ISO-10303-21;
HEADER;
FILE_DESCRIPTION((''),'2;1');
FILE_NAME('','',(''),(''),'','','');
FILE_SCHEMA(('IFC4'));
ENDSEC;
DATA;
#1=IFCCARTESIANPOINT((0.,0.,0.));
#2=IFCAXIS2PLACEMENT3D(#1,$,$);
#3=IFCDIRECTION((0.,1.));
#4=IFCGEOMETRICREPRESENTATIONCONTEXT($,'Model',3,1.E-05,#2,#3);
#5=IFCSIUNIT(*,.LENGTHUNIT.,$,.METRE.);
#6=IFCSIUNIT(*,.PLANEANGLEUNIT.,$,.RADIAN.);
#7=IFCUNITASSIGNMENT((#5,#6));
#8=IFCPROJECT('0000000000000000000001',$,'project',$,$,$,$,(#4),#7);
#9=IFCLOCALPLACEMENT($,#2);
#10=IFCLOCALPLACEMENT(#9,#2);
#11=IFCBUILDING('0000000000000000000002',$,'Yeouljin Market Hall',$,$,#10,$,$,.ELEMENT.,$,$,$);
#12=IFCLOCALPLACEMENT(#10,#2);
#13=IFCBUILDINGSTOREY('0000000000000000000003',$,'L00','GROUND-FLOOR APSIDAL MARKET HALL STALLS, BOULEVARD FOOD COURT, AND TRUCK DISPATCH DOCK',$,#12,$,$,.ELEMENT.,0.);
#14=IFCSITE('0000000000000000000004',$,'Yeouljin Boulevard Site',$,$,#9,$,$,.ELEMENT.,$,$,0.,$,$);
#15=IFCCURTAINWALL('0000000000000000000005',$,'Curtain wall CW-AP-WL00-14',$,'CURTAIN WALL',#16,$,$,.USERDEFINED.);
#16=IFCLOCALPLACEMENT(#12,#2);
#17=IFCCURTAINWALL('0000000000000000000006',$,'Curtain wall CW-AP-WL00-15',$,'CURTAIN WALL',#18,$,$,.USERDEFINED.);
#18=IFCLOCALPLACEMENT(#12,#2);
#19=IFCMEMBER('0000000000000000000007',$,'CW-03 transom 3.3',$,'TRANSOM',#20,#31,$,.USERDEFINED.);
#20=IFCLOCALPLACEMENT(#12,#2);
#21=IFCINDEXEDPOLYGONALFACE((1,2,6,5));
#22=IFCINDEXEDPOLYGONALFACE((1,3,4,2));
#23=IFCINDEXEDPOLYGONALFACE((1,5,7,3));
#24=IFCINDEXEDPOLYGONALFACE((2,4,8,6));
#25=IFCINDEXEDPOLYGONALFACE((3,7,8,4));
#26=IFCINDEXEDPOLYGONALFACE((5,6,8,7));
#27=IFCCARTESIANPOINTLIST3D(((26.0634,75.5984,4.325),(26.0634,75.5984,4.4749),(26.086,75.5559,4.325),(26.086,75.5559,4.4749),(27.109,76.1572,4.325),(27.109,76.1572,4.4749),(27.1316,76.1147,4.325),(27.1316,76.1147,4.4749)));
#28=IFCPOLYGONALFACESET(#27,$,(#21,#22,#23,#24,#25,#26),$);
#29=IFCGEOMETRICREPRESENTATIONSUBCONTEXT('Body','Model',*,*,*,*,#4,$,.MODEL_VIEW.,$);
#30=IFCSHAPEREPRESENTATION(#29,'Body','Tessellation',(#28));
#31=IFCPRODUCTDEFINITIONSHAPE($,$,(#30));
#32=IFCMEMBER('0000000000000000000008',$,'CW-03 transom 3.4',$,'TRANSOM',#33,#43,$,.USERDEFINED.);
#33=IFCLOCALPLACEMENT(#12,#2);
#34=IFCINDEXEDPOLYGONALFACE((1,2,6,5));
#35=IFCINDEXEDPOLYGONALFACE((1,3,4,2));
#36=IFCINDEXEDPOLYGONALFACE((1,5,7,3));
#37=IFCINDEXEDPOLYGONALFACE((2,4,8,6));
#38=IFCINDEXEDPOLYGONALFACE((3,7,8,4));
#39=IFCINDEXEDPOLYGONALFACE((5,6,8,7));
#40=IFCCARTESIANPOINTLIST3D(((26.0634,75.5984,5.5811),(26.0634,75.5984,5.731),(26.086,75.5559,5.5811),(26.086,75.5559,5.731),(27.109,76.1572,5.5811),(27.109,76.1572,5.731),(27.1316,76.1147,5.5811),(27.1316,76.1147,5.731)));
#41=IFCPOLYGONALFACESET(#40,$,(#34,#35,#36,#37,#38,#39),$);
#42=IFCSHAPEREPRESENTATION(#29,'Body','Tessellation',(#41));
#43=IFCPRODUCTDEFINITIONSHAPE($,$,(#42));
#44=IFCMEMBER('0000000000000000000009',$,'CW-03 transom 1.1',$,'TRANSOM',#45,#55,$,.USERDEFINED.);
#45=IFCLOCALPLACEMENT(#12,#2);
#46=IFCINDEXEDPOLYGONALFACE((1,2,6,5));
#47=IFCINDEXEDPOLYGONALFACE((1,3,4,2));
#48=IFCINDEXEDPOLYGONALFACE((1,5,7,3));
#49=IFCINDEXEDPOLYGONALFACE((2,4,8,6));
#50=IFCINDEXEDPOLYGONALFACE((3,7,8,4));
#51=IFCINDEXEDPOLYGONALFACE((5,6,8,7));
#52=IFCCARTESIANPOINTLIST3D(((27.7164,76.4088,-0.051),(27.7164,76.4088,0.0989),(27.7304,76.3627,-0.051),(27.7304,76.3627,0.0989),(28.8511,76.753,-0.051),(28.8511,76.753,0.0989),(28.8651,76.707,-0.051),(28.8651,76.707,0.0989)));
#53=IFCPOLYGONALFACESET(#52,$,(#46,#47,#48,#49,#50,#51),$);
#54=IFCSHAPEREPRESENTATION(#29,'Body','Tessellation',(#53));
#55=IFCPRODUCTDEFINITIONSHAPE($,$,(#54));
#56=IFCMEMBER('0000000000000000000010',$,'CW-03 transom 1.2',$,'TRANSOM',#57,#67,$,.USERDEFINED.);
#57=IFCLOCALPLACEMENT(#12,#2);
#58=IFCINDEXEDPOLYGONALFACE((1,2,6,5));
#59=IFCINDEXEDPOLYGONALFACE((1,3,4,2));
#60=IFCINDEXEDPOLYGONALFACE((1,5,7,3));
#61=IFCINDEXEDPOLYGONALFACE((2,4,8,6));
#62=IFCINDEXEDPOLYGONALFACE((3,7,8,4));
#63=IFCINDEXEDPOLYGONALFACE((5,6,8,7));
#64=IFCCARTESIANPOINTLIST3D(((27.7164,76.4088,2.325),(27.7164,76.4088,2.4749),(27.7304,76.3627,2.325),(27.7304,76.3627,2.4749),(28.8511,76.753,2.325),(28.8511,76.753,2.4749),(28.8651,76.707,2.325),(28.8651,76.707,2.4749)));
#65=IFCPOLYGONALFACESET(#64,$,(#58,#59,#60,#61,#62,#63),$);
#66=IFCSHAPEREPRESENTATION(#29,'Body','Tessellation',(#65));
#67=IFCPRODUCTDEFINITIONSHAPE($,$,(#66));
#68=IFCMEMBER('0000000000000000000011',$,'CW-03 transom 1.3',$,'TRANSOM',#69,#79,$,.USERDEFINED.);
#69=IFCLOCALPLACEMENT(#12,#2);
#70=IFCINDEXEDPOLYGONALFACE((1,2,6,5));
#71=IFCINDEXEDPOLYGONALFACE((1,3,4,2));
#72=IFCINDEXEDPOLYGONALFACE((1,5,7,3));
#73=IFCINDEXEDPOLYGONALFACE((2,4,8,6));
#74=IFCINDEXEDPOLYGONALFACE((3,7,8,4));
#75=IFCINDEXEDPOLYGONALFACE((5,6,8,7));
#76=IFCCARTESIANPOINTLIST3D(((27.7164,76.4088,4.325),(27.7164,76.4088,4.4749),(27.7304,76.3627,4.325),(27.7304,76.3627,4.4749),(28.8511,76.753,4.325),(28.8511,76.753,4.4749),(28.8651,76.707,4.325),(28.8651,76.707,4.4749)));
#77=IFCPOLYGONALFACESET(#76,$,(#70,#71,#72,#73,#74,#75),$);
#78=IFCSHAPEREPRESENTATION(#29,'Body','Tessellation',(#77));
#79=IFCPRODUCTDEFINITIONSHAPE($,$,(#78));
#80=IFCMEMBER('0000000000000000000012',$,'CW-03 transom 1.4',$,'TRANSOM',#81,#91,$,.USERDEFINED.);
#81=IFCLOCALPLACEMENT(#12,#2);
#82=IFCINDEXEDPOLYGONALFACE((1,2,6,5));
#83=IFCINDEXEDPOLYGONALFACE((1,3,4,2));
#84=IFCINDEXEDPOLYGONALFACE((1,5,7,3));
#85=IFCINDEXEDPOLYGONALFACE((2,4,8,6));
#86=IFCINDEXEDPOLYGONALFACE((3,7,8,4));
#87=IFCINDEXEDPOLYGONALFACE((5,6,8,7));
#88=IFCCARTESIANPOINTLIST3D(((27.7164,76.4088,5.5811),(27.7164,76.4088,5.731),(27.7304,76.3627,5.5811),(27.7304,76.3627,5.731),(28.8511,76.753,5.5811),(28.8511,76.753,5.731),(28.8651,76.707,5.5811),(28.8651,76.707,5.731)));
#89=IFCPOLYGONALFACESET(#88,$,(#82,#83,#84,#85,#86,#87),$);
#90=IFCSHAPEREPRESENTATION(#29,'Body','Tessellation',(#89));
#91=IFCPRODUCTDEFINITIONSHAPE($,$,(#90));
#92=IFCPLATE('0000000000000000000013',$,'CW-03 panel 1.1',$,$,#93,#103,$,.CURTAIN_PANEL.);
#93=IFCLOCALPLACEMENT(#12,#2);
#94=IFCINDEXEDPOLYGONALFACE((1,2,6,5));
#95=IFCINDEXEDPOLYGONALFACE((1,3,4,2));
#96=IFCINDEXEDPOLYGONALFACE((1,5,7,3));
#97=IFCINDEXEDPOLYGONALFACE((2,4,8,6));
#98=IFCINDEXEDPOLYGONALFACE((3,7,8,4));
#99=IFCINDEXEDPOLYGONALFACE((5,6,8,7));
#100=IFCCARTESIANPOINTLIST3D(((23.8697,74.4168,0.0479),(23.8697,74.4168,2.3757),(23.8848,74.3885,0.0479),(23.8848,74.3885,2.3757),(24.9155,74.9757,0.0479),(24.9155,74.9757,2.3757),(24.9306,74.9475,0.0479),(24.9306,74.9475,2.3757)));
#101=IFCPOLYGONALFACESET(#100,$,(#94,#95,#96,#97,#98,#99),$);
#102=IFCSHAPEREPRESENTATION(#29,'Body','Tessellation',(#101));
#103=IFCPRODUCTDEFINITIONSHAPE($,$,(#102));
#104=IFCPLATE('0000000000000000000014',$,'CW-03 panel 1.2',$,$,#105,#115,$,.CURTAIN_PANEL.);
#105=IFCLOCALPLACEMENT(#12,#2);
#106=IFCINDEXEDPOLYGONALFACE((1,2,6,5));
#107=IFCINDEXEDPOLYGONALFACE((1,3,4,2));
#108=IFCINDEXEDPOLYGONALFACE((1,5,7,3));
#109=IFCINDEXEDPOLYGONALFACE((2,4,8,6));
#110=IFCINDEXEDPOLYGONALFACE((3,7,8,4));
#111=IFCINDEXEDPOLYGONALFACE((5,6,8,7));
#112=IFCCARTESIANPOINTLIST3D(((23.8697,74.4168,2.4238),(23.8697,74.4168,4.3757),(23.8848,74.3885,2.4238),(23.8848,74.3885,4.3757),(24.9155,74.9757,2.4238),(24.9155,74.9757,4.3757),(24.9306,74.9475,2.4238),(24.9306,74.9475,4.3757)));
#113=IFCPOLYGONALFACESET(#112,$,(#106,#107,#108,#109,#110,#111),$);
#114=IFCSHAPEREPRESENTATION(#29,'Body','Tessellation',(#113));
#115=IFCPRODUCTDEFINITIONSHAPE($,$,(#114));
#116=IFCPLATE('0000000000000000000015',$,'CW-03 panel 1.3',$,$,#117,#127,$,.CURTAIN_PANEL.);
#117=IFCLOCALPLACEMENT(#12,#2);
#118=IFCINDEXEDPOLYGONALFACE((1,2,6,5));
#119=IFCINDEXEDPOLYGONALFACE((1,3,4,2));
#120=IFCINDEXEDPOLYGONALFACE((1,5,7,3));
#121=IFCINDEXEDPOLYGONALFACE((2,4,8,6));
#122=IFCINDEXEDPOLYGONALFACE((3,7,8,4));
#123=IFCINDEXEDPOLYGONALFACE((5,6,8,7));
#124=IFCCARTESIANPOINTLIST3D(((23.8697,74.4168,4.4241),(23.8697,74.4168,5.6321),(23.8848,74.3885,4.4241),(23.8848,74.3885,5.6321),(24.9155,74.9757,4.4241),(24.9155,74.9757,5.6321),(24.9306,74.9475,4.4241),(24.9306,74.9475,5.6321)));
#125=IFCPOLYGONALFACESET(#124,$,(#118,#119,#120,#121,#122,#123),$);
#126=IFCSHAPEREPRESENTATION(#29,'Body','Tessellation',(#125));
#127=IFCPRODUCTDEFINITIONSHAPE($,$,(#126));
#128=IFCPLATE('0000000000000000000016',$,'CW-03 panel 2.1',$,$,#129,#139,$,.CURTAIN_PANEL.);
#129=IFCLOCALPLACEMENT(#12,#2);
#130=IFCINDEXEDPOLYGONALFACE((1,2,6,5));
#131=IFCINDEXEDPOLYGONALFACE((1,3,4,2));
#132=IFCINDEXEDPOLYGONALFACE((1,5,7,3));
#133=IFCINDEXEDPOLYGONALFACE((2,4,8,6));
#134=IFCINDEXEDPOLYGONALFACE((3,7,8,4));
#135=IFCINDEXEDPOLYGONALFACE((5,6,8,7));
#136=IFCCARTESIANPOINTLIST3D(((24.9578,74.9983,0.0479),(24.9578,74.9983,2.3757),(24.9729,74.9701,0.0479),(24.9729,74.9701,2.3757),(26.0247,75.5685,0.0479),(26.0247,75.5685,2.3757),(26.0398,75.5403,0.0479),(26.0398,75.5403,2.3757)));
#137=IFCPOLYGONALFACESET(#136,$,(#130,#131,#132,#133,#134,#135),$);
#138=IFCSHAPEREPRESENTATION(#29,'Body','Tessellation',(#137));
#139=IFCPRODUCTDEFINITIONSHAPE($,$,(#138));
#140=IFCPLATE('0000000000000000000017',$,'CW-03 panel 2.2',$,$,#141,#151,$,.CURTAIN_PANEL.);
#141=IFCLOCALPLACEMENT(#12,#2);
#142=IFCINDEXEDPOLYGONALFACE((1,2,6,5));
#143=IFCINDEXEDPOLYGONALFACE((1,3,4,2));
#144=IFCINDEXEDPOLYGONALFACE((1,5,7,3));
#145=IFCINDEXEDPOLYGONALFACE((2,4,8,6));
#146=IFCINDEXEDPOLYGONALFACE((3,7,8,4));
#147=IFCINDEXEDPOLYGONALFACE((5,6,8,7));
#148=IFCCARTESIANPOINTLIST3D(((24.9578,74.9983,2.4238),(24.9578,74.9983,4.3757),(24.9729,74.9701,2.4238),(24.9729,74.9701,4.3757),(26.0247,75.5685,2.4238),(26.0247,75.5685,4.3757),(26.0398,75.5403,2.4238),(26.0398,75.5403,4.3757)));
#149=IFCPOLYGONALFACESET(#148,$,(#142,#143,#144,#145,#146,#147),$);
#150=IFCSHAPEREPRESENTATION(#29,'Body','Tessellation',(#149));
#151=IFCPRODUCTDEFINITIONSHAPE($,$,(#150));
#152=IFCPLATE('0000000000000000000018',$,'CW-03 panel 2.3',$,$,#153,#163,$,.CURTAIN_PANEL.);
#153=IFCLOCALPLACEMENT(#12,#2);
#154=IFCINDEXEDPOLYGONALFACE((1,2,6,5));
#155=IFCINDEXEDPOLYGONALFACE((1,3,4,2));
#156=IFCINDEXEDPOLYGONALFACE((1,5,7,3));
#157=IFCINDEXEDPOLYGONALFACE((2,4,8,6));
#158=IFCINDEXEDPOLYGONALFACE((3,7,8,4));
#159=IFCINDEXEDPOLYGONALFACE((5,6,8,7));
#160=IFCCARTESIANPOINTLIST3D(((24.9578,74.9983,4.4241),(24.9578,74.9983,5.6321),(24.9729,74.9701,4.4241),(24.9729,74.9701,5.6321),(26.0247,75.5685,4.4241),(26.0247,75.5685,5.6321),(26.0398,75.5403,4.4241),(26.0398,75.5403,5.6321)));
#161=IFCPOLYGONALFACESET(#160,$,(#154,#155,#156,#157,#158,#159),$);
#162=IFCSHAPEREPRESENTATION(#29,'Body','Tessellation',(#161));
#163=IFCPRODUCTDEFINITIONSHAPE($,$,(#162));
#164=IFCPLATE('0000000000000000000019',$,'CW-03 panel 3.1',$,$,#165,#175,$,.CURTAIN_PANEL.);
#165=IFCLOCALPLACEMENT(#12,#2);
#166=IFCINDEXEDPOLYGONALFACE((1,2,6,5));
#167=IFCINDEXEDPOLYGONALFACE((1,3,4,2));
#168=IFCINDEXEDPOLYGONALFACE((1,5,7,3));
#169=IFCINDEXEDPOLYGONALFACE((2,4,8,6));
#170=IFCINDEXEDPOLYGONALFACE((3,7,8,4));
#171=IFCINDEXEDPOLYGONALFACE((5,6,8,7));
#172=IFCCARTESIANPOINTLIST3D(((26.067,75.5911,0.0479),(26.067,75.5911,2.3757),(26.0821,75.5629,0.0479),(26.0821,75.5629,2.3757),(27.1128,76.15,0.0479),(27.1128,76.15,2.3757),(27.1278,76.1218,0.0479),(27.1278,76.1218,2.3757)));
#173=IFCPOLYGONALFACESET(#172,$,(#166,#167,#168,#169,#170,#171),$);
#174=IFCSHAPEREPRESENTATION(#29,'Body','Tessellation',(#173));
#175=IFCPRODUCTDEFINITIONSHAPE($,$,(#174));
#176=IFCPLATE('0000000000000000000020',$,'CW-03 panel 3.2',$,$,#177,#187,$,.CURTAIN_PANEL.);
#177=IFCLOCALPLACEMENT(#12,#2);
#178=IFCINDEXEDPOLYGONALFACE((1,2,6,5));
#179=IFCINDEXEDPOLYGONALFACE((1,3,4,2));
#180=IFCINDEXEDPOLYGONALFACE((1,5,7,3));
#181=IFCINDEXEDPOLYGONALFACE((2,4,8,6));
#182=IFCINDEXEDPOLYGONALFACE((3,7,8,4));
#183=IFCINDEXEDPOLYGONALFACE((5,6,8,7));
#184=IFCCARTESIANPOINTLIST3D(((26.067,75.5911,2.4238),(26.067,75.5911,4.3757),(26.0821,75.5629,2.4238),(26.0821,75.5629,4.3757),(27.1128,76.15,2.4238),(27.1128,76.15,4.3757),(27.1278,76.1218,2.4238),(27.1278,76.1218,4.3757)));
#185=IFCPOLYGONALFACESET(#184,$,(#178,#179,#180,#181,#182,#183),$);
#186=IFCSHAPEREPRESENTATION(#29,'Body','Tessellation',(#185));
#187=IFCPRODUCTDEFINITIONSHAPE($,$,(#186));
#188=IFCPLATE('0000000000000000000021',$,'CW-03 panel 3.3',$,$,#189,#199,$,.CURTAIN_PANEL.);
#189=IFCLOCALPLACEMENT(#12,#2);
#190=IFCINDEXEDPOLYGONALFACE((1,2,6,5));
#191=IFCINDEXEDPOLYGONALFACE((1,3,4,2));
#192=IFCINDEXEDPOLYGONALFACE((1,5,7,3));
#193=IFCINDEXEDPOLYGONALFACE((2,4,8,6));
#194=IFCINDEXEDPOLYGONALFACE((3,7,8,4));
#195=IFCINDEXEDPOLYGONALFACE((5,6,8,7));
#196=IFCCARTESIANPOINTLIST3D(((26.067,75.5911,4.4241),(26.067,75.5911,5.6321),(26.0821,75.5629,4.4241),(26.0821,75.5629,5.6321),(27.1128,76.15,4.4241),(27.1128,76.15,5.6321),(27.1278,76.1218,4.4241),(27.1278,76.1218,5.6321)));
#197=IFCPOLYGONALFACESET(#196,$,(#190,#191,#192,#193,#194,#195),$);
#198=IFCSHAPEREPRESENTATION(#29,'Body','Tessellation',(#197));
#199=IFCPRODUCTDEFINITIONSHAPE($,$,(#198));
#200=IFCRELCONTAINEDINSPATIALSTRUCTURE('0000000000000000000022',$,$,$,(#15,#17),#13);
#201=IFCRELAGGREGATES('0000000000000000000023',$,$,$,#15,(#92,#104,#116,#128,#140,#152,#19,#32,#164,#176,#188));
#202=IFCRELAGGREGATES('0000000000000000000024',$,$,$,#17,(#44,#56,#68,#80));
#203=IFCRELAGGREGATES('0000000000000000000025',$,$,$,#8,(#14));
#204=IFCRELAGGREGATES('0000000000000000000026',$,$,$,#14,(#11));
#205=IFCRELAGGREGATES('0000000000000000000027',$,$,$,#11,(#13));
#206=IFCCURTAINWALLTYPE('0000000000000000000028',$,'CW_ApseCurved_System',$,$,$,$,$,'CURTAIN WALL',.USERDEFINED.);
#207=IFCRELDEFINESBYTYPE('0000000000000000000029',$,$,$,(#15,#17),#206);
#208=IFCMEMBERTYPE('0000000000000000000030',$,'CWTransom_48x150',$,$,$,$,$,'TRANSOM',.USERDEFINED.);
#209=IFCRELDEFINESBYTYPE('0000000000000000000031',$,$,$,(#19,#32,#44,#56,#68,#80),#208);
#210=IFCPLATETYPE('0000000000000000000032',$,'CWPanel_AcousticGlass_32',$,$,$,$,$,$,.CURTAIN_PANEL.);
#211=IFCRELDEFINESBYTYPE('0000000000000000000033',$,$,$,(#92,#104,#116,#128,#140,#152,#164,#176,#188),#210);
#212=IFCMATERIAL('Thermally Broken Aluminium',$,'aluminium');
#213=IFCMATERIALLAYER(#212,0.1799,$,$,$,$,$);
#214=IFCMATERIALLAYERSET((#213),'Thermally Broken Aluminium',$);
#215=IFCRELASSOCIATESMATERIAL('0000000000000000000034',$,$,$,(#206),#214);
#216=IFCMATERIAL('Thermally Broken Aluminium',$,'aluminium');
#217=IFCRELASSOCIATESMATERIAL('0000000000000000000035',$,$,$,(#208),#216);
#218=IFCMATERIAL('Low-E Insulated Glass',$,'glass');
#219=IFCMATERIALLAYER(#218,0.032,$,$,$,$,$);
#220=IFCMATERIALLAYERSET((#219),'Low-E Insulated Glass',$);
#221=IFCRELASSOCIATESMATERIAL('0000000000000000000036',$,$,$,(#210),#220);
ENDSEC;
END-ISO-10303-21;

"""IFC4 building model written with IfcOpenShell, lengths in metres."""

from ifc_helpers import new_model, si_unit, direction, frame, origin, origin_2d, place, context, subcontext, project, spatial, rectangle, extrude, material, layer, layer_set, material_profile, profile_set, type_object, element, aggregate, save


model = new_model("IFC4")

# Units and contexts
model_context = context("Model", 3, precision=1e-05, world=origin(), true_north=direction((0.0, 1.0)))
body_context = subcontext(model_context, "Body", "Model", "MODEL_VIEW")
ifc_project = project(units=[si_unit("LENGTHUNIT", "METRE"), si_unit("PLANEANGLEUNIT", "RADIAN")], contexts=[model_context])

# Site, building, storey
site_placement = place(None, origin())
site = spatial("IfcSite", under=ifc_project, at=site_placement, Name="Yeouljin Boulevard Site", CompositionType="ELEMENT", RefElevation=0.0)
building_placement = place(site_placement, origin())
building = spatial("IfcBuilding", under=site, at=building_placement, Name="Yeouljin Market Hall", CompositionType="ELEMENT")
storey_placement = place(building_placement, origin())
storey = spatial("IfcBuildingStorey", under=building, at=storey_placement, Name="L00", Description="GROUND-FLOOR APSIDAL MARKET HALL STALLS, BOULEVARD FOOD COURT, AND TRUCK DISPATCH DOCK", CompositionType="ELEMENT", Elevation=0.0)

# Curtain wall
ifc_material_1 = material(Name="Thermally Broken Aluminium", Category="aluminium")
ifc_layer_1 = layer(ifc_material_1, 0.1799)
ifc_layer_set_1 = layer_set([ifc_layer_1], Name="Thermally Broken Aluminium")
curtain_wall_type = type_object("IfcCurtainWallType", Name="CW_ApseCurved_System", ElementType="CURTAIN WALL", PredefinedType="USERDEFINED", material=ifc_layer_set_1)
curtain_wall_1_placement = place(storey_placement, origin())
curtain_wall_1 = element("IfcCurtainWall", 1, at=curtain_wall_1_placement, inside=storey, type_object=curtain_wall_type, Name="Curtain wall CW-AP-WL00-14", ObjectType="CURTAIN WALL", PredefinedType="USERDEFINED")

# Curtain wall
curtain_wall_2_placement = place(storey_placement, origin())
curtain_wall_2 = element("IfcCurtainWall", 2, at=curtain_wall_2_placement, inside=storey, type_object=curtain_wall_type, Name="Curtain wall CW-AP-WL00-15", ObjectType="CURTAIN WALL", PredefinedType="USERDEFINED")

# Members
ifc_material_2 = material(Name="Thermally Broken Aluminium", Category="aluminium")
ifc_material_profile_1 = material_profile(ifc_material_2, rectangle(XDim=0.0481, YDim=0.1499, at=origin_2d()), Name="CW-TRAN-48x150")
ifc_profile_set_1 = profile_set([ifc_material_profile_1], Name="Thermally Broken Aluminium")
member_type_1 = type_object("IfcMemberType", Name="CWTransom_48x150", ElementType="TRANSOM", PredefinedType="USERDEFINED", material=ifc_profile_set_1)
member_1_placement = place(storey_placement, frame((26.0747, 75.5771, 4.3999), z_axis=(0.881948, 0.471347, 0.0), x_axis=(-0.471347, 0.881948, 0.0)))
member_1 = element("IfcMember", 3, at=member_1_placement, type_object=member_type_1, Name="CW-03 transom 3.3", ObjectType="TRANSOM", PredefinedType="USERDEFINED", context=body_context, shape_type="SweptSolid", body=[
    extrude(rectangle(XDim=0.0481, YDim=0.1499, at=origin_2d()), origin(), (0.0, 0.0, 1.0), 1.1855),
])
member_2_placement = place(storey_placement, frame((26.0747, 75.5771, 5.656), z_axis=(0.881948, 0.471347, 0.0), x_axis=(-0.471347, 0.881948, 0.0)))
member_2 = element("IfcMember", 4, at=member_2_placement, type_object=member_type_1, Name="CW-03 transom 3.4", ObjectType="TRANSOM", PredefinedType="USERDEFINED", context=body_context, shape_type="SweptSolid", body=[
    extrude(rectangle(XDim=0.0481, YDim=0.1499, at=origin_2d()), origin(), (0.0, 0.0, 1.0), 1.1855),
])
member_3_placement = place(storey_placement, frame((27.7234, 76.3857, 0.0239), z_axis=(0.956938, 0.290293, 0.0), x_axis=(-0.290293, 0.956938, 0.0)))
member_3 = element("IfcMember", 5, at=member_3_placement, type_object=member_type_1, Name="CW-03 transom 1.1", ObjectType="TRANSOM", PredefinedType="USERDEFINED", context=body_context, shape_type="SweptSolid", body=[
    extrude(rectangle(XDim=0.0481, YDim=0.1499, at=origin_2d()), origin(), (0.0, 0.0, 1.0), 1.1858),
])
member_4_placement = place(storey_placement, frame((27.7234, 76.3857, 2.3999), z_axis=(0.956938, 0.290293, 0.0), x_axis=(-0.290293, 0.956938, 0.0)))
member_4 = element("IfcMember", 6, at=member_4_placement, type_object=member_type_1, Name="CW-03 transom 1.2", ObjectType="TRANSOM", PredefinedType="USERDEFINED", context=body_context, shape_type="SweptSolid", body=[
    extrude(rectangle(XDim=0.0481, YDim=0.1499, at=origin_2d()), origin(), (0.0, 0.0, 1.0), 1.1858),
])
member_5_placement = place(storey_placement, frame((27.7234, 76.3857, 4.3999), z_axis=(0.956938, 0.290293, 0.0), x_axis=(-0.290293, 0.956938, 0.0)))
member_5 = element("IfcMember", 7, at=member_5_placement, type_object=member_type_1, Name="CW-03 transom 1.3", ObjectType="TRANSOM", PredefinedType="USERDEFINED", context=body_context, shape_type="SweptSolid", body=[
    extrude(rectangle(XDim=0.0481, YDim=0.1499, at=origin_2d()), origin(), (0.0, 0.0, 1.0), 1.1858),
])
member_6_placement = place(storey_placement, frame((27.7234, 76.3857, 5.656), z_axis=(0.956938, 0.290293, 0.0), x_axis=(-0.290293, 0.956938, 0.0)))
member_6 = element("IfcMember", 8, at=member_6_placement, type_object=member_type_1, Name="CW-03 transom 1.4", ObjectType="TRANSOM", PredefinedType="USERDEFINED", context=body_context, shape_type="SweptSolid", body=[
    extrude(rectangle(XDim=0.0481, YDim=0.1499, at=origin_2d()), origin(), (0.0, 0.0, 1.0), 1.1858),
])

# Plates
ifc_material_3 = material(Name="Low-E Insulated Glass", Category="glass")
ifc_layer_2 = layer(ifc_material_3, 0.032)
ifc_layer_set_2 = layer_set([ifc_layer_2], Name="Low-E Insulated Glass")
plate_type = type_object("IfcPlateType", Name="CWPanel_AcousticGlass_32", PredefinedType="CURTAIN_PANEL", material=ifc_layer_set_2)
plate_1_placement = place(storey_placement, frame((24.4001, 74.6821, 0.0479), z_axis=(0.0, 0.0, 1.0), x_axis=(0.881931, 0.471378, 0.0)))
plate_1 = element("IfcPlate", 9, at=plate_1_placement, type_object=plate_type, Name="CW-03 panel 1.1", PredefinedType="CURTAIN_PANEL", context=body_context, shape_type="SweptSolid", body=[
    extrude(rectangle(XDim=1.1858, YDim=0.032, at=origin_2d()), origin(), (0.0, 0.0, 1.0), 2.3279),
])
plate_2_placement = place(storey_placement, frame((24.4001, 74.6821, 2.4238), z_axis=(0.0, 0.0, 1.0), x_axis=(0.881931, 0.471378, 0.0)))
plate_2 = element("IfcPlate", 10, at=plate_2_placement, type_object=plate_type, Name="CW-03 panel 1.2", PredefinedType="CURTAIN_PANEL", context=body_context, shape_type="SweptSolid", body=[
    extrude(rectangle(XDim=1.1858, YDim=0.032, at=origin_2d()), origin(), (0.0, 0.0, 1.0), 1.9519),
])
plate_3_placement = place(storey_placement, frame((24.4001, 74.6821, 4.4241), z_axis=(0.0, 0.0, 1.0), x_axis=(0.881931, 0.471378, 0.0)))
plate_3 = element("IfcPlate", 11, at=plate_3_placement, type_object=plate_type, Name="CW-03 panel 1.3", PredefinedType="CURTAIN_PANEL", context=body_context, shape_type="SweptSolid", body=[
    extrude(rectangle(XDim=1.1858, YDim=0.032, at=origin_2d()), origin(), (0.0, 0.0, 1.0), 1.208),
])
plate_4_placement = place(storey_placement, frame((25.4988, 75.2693, 0.0479), z_axis=(0.0, 0.0, 1.0), x_axis=(0.881931, 0.471378, 0.0)))
plate_4 = element("IfcPlate", 12, at=plate_4_placement, type_object=plate_type, Name="CW-03 panel 2.1", PredefinedType="CURTAIN_PANEL", context=body_context, shape_type="SweptSolid", body=[
    extrude(rectangle(XDim=1.2097, YDim=0.032, at=origin_2d()), origin(), (0.0, 0.0, 1.0), 2.3279),
])
plate_5_placement = place(storey_placement, frame((25.4988, 75.2693, 2.4238), z_axis=(0.0, 0.0, 1.0), x_axis=(0.881931, 0.471378, 0.0)))
plate_5 = element("IfcPlate", 13, at=plate_5_placement, type_object=plate_type, Name="CW-03 panel 2.2", PredefinedType="CURTAIN_PANEL", context=body_context, shape_type="SweptSolid", body=[
    extrude(rectangle(XDim=1.2097, YDim=0.032, at=origin_2d()), origin(), (0.0, 0.0, 1.0), 1.9519),
])
plate_6_placement = place(storey_placement, frame((25.4988, 75.2693, 4.4241), z_axis=(0.0, 0.0, 1.0), x_axis=(0.881931, 0.471378, 0.0)))
plate_6 = element("IfcPlate", 14, at=plate_6_placement, type_object=plate_type, Name="CW-03 panel 2.3", PredefinedType="CURTAIN_PANEL", context=body_context, shape_type="SweptSolid", body=[
    extrude(rectangle(XDim=1.2097, YDim=0.032, at=origin_2d()), origin(), (0.0, 0.0, 1.0), 1.208),
])
plate_7_placement = place(storey_placement, frame((26.5974, 75.8564, 0.0479), z_axis=(0.0, 0.0, 1.0), x_axis=(0.881931, 0.471378, 0.0)))
plate_7 = element("IfcPlate", 15, at=plate_7_placement, type_object=plate_type, Name="CW-03 panel 3.1", PredefinedType="CURTAIN_PANEL", context=body_context, shape_type="SweptSolid", body=[
    extrude(rectangle(XDim=1.1858, YDim=0.032, at=origin_2d()), origin(), (0.0, 0.0, 1.0), 2.3279),
])
plate_8_placement = place(storey_placement, frame((26.5974, 75.8564, 2.4238), z_axis=(0.0, 0.0, 1.0), x_axis=(0.881931, 0.471378, 0.0)))
plate_8 = element("IfcPlate", 16, at=plate_8_placement, type_object=plate_type, Name="CW-03 panel 3.2", PredefinedType="CURTAIN_PANEL", context=body_context, shape_type="SweptSolid", body=[
    extrude(rectangle(XDim=1.1858, YDim=0.032, at=origin_2d()), origin(), (0.0, 0.0, 1.0), 1.9519),
])
plate_9_placement = place(storey_placement, frame((26.5974, 75.8564, 4.4241), z_axis=(0.0, 0.0, 1.0), x_axis=(0.881931, 0.471378, 0.0)))
plate_9 = element("IfcPlate", 17, at=plate_9_placement, type_object=plate_type, Name="CW-03 panel 3.3", PredefinedType="CURTAIN_PANEL", context=body_context, shape_type="SweptSolid", body=[
    extrude(rectangle(XDim=1.1858, YDim=0.032, at=origin_2d()), origin(), (0.0, 0.0, 1.0), 1.208),
])
aggregate(curtain_wall_1, [plate_1, plate_2, plate_3, plate_4, plate_5, plate_6, member_1, member_2, plate_7, plate_8, plate_9])
aggregate(curtain_wall_2, [member_3, member_4, member_5, member_6])

save(model, "model.ifc")
